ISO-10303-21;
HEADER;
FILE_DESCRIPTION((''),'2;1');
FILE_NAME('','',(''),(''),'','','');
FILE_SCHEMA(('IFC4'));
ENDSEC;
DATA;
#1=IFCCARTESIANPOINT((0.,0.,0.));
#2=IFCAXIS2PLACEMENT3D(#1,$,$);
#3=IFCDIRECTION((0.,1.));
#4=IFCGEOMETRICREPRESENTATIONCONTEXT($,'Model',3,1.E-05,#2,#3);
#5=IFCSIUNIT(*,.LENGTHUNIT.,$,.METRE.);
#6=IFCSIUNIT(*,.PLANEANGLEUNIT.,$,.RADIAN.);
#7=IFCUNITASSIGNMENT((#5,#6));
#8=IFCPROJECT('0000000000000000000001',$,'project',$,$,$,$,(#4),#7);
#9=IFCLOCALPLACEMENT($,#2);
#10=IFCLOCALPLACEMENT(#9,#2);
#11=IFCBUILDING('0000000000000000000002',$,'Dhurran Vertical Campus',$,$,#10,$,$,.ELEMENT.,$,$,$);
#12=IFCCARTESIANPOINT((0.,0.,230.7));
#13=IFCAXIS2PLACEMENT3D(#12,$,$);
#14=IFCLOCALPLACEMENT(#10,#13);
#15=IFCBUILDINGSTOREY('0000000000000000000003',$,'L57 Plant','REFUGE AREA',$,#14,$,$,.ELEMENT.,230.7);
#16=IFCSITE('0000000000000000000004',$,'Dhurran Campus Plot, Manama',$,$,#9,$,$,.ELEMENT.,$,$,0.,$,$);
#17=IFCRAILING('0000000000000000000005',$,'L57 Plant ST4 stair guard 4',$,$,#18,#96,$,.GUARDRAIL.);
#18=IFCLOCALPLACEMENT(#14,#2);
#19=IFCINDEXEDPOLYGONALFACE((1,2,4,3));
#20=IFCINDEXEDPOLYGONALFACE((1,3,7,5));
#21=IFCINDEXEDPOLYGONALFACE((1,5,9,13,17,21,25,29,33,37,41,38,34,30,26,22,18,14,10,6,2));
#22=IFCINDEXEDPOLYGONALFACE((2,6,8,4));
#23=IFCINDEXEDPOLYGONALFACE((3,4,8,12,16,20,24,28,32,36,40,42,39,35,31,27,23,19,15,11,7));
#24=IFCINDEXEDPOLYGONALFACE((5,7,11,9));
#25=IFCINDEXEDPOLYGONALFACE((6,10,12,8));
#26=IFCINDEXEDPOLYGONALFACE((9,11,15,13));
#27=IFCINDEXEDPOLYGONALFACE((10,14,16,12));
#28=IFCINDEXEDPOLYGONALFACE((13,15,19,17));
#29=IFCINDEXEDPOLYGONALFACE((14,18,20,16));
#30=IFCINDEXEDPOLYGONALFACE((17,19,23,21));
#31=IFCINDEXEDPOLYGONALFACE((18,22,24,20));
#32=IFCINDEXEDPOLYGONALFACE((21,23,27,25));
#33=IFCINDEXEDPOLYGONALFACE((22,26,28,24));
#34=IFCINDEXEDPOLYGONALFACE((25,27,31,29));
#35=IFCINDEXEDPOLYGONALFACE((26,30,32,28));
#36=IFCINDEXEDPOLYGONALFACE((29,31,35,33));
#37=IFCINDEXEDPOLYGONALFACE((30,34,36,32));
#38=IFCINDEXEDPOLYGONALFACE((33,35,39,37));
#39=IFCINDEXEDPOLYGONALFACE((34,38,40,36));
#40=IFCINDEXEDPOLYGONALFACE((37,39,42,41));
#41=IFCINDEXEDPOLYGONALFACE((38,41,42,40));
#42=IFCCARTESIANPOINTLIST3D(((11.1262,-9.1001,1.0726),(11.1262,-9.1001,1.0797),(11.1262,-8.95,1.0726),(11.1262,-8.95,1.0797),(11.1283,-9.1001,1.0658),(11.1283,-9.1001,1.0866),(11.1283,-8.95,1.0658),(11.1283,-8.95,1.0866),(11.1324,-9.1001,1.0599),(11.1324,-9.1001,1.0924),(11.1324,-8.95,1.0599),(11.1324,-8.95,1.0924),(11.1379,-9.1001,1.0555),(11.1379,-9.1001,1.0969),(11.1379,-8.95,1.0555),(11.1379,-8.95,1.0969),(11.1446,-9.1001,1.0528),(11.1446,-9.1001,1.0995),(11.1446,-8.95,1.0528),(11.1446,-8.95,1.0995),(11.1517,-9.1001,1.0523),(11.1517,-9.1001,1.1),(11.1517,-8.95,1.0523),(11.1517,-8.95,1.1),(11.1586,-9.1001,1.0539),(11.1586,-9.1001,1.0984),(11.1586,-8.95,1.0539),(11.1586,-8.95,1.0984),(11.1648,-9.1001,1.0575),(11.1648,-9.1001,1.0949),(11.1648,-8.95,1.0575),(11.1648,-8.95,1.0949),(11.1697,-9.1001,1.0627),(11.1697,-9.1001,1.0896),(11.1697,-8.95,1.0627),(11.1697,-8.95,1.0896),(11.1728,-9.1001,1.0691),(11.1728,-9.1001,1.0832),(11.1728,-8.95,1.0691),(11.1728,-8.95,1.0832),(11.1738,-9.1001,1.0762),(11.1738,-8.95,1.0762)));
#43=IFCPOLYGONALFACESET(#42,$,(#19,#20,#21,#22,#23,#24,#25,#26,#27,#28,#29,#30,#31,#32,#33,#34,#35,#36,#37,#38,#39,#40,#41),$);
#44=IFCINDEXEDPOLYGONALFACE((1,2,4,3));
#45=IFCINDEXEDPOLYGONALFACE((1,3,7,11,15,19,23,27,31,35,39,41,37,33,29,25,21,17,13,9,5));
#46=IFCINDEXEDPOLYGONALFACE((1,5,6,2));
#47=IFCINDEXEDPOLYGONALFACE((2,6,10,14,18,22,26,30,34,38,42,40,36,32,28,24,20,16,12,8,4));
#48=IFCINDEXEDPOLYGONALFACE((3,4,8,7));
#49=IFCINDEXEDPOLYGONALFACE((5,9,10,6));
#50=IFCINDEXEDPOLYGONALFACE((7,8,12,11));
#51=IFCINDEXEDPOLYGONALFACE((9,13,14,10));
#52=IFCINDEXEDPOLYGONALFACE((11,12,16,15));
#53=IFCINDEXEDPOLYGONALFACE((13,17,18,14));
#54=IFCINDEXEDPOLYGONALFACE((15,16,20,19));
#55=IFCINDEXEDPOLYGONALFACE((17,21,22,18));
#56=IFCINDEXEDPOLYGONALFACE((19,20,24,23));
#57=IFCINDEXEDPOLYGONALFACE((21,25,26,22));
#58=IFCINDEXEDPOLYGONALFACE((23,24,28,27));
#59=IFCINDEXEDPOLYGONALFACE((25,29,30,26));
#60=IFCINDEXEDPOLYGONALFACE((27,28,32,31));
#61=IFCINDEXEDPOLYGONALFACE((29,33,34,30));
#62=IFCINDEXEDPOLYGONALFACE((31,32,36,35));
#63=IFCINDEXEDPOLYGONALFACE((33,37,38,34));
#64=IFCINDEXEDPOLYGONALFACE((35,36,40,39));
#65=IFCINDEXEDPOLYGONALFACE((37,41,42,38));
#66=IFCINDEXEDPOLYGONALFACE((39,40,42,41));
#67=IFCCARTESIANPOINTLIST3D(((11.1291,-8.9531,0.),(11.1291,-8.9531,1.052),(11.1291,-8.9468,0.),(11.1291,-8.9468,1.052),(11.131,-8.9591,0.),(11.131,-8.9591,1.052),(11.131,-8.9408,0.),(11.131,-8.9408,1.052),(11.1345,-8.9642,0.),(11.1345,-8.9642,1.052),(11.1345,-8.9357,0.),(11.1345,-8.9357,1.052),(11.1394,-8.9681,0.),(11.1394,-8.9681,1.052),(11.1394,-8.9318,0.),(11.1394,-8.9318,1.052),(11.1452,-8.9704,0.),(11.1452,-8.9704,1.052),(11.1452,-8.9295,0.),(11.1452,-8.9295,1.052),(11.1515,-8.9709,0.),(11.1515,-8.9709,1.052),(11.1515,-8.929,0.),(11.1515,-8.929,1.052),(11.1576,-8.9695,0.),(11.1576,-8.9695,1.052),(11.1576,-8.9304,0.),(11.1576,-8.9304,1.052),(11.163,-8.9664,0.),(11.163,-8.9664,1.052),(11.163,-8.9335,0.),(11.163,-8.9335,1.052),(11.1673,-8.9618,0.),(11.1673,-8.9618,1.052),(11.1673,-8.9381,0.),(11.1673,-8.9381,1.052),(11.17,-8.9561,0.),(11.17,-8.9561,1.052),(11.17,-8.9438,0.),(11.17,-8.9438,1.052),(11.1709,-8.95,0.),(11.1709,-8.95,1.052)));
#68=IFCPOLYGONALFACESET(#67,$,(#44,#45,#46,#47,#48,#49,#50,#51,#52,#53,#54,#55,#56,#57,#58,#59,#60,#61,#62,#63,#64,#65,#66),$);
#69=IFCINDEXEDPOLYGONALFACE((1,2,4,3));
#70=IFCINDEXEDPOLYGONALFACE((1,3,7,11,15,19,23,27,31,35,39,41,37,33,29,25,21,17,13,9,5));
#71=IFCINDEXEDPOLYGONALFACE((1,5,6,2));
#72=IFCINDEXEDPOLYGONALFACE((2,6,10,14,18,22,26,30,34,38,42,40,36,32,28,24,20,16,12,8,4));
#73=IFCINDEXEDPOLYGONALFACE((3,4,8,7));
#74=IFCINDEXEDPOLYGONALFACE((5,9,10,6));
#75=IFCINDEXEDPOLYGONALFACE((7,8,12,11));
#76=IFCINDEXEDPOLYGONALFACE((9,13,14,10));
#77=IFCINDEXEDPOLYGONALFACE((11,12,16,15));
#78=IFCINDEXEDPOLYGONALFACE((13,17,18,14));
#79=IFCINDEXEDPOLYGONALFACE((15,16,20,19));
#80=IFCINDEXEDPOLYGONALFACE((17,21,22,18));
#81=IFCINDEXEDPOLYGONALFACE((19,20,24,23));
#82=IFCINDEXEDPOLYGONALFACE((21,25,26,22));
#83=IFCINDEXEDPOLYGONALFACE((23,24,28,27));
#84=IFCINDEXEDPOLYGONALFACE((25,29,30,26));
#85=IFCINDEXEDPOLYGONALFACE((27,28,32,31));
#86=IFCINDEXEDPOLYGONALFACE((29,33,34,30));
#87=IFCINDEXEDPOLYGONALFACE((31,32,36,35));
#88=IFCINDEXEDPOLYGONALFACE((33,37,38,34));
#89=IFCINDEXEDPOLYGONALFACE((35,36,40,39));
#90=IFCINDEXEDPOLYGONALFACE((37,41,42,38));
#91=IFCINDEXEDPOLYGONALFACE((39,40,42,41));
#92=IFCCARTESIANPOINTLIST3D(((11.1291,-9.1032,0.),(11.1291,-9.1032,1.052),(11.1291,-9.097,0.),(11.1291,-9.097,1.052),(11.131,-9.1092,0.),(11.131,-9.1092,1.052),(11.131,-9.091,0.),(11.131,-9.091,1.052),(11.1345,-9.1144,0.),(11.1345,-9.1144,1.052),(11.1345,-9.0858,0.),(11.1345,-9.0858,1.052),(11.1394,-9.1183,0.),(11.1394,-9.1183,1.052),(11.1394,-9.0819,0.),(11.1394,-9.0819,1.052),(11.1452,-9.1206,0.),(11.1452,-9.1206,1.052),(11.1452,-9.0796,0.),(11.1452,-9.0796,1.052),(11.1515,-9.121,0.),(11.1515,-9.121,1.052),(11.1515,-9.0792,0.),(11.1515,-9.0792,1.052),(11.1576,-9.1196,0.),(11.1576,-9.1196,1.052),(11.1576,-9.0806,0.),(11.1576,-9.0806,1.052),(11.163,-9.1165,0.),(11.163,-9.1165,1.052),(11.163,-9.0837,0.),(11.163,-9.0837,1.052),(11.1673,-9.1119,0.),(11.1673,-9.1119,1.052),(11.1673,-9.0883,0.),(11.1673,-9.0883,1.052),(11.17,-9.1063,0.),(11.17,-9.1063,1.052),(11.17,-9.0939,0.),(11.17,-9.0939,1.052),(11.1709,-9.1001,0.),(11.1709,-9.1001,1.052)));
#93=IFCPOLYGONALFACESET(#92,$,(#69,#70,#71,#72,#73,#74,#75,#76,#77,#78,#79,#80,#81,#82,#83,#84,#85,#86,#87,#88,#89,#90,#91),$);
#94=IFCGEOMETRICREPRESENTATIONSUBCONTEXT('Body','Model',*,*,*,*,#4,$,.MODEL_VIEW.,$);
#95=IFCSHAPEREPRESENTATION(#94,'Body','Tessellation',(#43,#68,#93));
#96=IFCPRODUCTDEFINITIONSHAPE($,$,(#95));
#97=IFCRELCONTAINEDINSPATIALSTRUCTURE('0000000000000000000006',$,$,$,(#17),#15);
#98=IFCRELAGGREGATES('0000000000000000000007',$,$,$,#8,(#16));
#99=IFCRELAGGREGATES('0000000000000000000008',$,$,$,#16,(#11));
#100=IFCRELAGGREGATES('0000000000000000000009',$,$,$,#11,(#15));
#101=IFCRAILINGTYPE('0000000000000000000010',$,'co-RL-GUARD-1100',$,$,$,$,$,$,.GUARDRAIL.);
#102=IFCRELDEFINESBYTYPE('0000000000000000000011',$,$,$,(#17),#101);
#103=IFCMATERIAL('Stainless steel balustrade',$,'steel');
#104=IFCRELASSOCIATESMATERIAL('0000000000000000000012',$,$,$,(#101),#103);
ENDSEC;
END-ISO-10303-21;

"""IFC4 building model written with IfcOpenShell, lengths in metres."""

from ifc_helpers import new_model, si_unit, direction, frame, origin, origin_2d, place, context, subcontext, project, spatial, circle, extrude, material, type_object, element, save


model = new_model("IFC4")

# Units and contexts
model_context = context("Model", 3, precision=1e-05, world=origin(), true_north=direction((0.0, 1.0)))
body_context = subcontext(model_context, "Body", "Model", "MODEL_VIEW")
ifc_project = project(units=[si_unit("LENGTHUNIT", "METRE"), si_unit("PLANEANGLEUNIT", "RADIAN")], contexts=[model_context])

# Site, building, storey
site_placement = place(None, origin())
site = spatial("IfcSite", under=ifc_project, at=site_placement, Name="Dhurran Campus Plot, Manama", CompositionType="ELEMENT", RefElevation=0.0)
building_placement = place(site_placement, origin())
building = spatial("IfcBuilding", under=site, at=building_placement, Name="Dhurran Vertical Campus", CompositionType="ELEMENT")
storey_placement = place(building_placement, frame((0.0, 0.0, 230.7)))
storey = spatial("IfcBuildingStorey", under=building, at=storey_placement, Name="L57 Plant", Description="REFUGE AREA", CompositionType="ELEMENT", Elevation=230.7)

# Railing
ifc_material_1 = material(Name="Stainless steel balustrade", Category="steel")
railing_type_1 = type_object("IfcRailingType", Name="co-RL-GUARD-1100", PredefinedType="GUARDRAIL", material=ifc_material_1)
railing_1_placement = place(storey_placement, frame((11.1499, -8.95, 0.0)))
element("IfcRailing", 1, at=railing_1_placement, inside=storey, type_object=railing_type_1, Name="L57 Plant ST4 stair guard 4", PredefinedType="GUARDRAIL", context=body_context, shape_type="SweptSolid", body=[
    extrude(circle(Radius=0.0239, at=origin_2d()), frame((0.0, 0.0, 1.0762), z_axis=(0.0, -1.0, 0.0), x_axis=(1.0, 0.0, 0.0)), (0.0, 0.0, 1.0), 0.1501),
    extrude(circle(Radius=0.021, at=origin_2d()), origin(), (0.0, 0.0, 1.0), 1.052),
    extrude(circle(Radius=0.021, at=origin_2d()), frame((0.0, -0.1501, 0.0)), (0.0, 0.0, 1.0), 1.052),
])

save(model, "model.ifc")
